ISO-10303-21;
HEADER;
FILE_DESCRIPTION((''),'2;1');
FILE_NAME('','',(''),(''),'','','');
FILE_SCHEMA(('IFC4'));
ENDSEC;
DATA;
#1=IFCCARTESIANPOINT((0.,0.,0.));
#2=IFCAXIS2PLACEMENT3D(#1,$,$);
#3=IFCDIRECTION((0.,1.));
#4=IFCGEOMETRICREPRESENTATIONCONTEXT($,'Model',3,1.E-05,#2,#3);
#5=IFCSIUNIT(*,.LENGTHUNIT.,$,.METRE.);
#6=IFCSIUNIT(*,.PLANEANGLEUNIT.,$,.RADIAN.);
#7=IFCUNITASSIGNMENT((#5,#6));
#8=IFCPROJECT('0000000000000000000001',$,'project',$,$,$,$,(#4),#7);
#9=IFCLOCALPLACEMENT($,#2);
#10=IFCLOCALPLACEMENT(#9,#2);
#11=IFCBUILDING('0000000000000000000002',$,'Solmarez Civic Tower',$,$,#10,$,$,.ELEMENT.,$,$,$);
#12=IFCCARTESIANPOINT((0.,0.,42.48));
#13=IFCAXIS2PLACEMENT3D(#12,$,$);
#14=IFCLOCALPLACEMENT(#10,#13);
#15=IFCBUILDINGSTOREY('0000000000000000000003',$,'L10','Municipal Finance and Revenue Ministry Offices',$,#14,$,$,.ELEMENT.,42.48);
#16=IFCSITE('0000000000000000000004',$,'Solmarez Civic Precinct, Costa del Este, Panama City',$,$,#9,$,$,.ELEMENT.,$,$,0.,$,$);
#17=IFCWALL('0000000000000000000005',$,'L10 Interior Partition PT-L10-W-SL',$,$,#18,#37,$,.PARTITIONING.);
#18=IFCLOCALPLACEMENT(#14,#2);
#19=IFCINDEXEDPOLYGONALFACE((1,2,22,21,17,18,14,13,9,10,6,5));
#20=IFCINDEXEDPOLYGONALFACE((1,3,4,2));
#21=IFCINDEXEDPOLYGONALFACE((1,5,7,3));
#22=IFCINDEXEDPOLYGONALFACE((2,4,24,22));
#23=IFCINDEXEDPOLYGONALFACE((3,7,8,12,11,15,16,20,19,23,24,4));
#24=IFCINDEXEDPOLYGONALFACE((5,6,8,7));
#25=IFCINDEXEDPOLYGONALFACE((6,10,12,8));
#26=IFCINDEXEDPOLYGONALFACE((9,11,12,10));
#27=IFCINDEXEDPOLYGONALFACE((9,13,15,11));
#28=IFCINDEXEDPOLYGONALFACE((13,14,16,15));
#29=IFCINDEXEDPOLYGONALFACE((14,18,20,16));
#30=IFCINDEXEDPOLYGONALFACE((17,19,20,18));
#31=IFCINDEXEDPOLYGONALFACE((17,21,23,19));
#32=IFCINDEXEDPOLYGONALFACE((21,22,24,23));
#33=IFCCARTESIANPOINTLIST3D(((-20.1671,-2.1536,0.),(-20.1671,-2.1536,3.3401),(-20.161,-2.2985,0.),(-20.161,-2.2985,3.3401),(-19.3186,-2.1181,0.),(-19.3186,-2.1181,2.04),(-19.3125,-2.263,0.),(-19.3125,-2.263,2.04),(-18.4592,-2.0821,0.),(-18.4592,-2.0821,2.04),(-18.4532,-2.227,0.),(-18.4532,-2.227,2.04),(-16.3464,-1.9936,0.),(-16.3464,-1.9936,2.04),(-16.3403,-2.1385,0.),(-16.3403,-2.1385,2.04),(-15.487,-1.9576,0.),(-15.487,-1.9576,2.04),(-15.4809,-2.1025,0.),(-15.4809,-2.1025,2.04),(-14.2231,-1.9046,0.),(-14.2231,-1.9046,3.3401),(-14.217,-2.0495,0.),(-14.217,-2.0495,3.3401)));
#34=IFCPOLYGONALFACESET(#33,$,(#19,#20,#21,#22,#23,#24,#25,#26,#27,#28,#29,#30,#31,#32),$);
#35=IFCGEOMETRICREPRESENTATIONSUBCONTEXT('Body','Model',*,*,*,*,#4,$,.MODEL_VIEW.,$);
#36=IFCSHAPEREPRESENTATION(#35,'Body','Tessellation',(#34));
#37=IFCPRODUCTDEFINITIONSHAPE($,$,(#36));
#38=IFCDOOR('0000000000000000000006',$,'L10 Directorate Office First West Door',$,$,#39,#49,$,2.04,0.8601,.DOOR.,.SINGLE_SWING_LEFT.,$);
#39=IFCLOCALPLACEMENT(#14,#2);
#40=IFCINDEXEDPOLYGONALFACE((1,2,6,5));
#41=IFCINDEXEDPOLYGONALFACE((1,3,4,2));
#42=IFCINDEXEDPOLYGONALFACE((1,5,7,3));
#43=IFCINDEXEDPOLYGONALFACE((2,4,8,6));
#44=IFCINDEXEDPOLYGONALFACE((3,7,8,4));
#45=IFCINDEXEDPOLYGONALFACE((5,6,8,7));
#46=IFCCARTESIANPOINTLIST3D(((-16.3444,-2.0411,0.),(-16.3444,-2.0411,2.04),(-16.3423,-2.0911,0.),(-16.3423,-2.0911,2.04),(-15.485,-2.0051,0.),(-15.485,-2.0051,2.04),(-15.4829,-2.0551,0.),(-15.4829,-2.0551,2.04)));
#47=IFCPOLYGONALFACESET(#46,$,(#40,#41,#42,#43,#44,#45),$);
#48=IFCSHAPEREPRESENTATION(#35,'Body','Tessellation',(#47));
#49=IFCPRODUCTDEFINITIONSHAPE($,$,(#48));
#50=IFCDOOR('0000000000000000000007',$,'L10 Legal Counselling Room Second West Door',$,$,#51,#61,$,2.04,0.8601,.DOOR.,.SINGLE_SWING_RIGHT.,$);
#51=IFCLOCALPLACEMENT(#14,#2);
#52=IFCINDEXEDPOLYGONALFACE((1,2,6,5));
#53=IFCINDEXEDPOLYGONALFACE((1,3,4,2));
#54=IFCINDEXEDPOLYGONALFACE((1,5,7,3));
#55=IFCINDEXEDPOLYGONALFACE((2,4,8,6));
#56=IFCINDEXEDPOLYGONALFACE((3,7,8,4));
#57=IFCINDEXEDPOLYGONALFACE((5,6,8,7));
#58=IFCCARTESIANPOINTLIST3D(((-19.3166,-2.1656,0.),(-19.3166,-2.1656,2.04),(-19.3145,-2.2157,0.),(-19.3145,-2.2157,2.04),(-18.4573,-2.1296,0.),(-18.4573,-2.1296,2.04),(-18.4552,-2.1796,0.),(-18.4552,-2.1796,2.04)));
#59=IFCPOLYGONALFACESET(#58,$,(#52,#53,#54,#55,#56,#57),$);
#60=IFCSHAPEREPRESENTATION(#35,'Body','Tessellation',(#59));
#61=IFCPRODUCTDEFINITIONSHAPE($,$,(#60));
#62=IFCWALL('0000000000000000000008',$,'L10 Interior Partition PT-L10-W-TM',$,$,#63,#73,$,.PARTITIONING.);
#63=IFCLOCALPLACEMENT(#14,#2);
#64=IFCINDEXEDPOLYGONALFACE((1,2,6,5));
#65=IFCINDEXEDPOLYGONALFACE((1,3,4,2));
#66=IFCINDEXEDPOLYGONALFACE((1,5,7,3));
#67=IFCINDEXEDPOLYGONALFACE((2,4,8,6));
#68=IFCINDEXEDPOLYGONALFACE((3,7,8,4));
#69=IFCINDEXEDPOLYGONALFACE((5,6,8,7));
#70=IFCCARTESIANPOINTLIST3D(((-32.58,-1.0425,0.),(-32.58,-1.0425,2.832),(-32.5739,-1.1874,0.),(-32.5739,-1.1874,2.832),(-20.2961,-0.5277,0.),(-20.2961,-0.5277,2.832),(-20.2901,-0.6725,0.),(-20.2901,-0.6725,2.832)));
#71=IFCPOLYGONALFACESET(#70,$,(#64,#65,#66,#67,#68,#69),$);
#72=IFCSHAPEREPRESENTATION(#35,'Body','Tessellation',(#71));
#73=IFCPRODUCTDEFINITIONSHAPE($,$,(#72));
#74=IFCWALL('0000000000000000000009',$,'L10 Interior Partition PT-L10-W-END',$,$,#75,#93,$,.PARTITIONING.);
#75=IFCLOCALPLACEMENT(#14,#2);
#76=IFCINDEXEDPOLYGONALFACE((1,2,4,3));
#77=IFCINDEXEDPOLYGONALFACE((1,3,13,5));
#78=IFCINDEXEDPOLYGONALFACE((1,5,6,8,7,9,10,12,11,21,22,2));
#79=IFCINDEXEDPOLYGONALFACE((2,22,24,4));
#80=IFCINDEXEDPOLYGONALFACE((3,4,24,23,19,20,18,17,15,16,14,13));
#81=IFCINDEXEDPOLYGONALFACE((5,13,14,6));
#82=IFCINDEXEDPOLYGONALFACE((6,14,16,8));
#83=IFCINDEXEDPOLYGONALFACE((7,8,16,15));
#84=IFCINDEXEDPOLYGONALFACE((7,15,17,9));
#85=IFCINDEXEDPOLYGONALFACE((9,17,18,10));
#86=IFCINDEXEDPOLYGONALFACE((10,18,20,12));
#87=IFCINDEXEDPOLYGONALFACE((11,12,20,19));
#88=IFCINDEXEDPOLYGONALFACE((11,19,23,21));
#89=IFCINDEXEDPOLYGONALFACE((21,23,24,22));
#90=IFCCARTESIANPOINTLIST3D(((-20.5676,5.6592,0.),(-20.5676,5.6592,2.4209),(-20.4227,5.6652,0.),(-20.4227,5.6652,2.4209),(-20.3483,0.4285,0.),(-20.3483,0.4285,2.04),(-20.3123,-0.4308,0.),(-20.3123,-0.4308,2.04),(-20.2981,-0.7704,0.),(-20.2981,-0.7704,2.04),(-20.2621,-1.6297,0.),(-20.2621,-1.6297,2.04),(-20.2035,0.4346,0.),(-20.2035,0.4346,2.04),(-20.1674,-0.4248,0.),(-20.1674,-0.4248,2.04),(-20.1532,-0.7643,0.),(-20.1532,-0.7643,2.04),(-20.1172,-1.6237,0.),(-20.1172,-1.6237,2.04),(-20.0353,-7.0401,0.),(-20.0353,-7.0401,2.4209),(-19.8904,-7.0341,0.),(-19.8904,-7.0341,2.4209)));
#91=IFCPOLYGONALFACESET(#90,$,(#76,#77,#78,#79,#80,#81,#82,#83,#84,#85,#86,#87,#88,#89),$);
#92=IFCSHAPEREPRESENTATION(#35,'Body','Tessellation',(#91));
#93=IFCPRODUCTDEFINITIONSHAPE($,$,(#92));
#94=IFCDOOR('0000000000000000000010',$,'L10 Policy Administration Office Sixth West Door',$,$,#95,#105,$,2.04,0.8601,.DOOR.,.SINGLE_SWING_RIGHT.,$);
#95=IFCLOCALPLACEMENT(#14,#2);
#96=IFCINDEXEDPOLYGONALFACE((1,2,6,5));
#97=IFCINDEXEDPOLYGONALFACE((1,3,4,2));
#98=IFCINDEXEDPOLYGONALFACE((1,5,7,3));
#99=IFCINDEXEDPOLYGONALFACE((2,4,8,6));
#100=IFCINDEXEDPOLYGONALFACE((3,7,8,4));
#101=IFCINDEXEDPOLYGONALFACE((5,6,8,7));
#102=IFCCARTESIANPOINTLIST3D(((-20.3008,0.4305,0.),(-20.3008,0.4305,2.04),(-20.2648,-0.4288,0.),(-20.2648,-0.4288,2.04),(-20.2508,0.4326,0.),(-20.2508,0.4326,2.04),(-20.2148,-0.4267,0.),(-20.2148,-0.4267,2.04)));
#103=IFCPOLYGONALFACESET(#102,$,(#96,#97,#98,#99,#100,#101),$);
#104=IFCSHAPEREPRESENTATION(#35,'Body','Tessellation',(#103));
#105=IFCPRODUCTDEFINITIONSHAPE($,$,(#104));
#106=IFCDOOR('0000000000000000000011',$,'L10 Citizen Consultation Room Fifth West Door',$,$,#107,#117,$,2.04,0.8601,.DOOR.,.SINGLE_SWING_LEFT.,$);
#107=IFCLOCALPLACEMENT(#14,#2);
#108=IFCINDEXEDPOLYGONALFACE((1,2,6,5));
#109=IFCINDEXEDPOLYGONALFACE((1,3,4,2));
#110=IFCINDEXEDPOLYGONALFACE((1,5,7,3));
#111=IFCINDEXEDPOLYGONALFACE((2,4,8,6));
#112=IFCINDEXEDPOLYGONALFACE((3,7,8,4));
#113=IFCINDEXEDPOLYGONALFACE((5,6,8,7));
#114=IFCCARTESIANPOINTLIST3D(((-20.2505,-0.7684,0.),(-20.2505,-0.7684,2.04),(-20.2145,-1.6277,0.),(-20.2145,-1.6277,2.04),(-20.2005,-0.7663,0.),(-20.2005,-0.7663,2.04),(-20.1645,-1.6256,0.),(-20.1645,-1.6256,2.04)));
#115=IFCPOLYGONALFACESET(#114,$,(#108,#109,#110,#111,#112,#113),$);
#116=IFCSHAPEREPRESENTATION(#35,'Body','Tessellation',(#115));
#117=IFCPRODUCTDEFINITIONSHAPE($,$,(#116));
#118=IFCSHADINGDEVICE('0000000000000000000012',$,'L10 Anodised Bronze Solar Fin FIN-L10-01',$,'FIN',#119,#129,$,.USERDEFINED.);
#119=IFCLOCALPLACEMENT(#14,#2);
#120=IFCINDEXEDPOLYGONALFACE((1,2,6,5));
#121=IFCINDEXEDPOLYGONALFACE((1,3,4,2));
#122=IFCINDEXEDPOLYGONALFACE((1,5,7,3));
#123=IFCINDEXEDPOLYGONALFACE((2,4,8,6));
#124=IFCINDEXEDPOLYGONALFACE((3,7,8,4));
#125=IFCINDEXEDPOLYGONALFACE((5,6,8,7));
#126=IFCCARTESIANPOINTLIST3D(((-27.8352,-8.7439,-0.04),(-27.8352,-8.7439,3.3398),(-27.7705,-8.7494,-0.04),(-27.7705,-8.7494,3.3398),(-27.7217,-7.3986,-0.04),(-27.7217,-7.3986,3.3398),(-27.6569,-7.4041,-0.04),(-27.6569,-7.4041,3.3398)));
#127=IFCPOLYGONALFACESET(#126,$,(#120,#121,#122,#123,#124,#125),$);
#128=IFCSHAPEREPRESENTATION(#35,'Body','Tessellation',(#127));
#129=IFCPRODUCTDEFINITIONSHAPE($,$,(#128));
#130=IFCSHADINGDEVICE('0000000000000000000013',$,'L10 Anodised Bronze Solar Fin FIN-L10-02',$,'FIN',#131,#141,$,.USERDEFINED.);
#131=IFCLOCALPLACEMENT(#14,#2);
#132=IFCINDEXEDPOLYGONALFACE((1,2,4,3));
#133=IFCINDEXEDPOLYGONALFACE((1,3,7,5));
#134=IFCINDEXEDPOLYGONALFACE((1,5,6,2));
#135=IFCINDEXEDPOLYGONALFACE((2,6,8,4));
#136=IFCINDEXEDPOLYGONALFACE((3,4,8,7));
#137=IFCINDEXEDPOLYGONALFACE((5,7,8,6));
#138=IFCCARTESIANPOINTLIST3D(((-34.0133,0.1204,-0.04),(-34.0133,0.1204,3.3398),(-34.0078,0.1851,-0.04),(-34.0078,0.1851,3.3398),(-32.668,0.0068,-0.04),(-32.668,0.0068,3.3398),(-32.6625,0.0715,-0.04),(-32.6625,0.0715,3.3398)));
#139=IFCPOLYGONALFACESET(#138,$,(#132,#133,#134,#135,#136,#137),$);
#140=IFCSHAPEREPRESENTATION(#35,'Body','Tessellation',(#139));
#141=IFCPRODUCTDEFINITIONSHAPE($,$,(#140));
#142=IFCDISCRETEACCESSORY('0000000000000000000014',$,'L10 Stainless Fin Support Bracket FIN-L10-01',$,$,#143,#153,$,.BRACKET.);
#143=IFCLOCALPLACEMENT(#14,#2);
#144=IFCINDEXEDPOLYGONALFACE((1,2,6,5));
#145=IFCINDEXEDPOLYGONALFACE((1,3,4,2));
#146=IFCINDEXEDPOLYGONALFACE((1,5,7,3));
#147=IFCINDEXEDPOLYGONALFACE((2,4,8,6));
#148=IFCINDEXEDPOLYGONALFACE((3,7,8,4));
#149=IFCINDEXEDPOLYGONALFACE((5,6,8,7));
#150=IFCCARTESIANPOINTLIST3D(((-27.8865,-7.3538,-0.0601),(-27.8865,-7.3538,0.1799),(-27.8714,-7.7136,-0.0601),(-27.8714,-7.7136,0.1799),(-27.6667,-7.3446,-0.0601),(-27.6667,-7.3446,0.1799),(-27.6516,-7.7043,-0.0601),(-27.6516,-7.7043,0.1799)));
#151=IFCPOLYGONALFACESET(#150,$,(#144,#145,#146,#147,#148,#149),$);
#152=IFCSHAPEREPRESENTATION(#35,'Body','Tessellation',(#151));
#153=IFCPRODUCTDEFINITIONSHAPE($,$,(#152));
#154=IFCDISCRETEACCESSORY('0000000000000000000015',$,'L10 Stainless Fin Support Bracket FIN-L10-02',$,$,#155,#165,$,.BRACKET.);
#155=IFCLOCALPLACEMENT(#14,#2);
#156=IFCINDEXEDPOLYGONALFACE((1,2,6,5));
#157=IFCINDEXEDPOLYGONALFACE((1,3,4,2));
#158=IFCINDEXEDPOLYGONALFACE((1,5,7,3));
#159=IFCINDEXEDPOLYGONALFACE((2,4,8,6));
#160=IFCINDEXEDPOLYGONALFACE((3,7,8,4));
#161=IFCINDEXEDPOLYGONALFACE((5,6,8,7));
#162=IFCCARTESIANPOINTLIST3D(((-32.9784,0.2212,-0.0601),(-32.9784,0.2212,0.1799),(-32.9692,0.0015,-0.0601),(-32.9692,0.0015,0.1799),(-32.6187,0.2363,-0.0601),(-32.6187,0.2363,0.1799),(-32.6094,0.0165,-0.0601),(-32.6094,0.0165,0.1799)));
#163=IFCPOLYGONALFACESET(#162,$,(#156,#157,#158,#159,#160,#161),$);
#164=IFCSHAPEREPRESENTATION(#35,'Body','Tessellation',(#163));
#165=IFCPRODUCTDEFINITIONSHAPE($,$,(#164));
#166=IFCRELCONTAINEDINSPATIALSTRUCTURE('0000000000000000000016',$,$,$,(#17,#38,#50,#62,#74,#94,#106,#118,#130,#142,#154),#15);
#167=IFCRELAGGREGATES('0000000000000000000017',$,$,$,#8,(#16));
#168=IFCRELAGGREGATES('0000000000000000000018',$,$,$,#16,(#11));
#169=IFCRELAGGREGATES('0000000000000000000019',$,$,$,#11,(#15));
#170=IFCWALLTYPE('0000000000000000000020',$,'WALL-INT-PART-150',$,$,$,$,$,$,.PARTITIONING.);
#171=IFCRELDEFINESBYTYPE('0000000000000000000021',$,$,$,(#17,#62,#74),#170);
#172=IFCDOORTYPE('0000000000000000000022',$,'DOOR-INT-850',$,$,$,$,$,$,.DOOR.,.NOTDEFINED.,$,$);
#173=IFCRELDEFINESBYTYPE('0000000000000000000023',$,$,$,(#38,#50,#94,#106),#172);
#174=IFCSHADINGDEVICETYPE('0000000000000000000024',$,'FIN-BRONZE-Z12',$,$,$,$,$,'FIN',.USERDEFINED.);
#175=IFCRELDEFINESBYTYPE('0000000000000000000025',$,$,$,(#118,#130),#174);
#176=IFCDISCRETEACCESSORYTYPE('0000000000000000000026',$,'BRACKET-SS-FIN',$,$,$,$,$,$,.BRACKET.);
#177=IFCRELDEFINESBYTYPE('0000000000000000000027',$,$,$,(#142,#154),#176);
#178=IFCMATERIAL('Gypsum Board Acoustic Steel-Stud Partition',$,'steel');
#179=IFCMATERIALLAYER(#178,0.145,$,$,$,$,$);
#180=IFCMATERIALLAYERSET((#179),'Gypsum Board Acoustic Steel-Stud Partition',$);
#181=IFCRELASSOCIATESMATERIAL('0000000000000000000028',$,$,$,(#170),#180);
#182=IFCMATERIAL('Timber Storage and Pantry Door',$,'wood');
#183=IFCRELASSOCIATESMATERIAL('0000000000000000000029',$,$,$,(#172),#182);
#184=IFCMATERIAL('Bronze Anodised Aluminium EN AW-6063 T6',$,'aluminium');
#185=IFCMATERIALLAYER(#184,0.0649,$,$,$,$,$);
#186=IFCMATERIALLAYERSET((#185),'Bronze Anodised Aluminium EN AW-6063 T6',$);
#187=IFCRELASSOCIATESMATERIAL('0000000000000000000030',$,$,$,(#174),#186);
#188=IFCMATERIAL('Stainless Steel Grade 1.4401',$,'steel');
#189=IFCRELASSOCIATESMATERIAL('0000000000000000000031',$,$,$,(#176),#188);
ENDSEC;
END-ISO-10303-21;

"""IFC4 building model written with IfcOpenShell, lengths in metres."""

from ifc_helpers import new_model, si_unit, direction, frame, frame_2d, origin, origin_2d, place, context, subcontext, project, spatial, rectangle, extrude, material, layer, layer_set, type_object, element, fill, save


model = new_model("IFC4")

# Units and contexts
model_context = context("Model", 3, precision=1e-05, world=origin(), true_north=direction((0.0, 1.0)))
body_context = subcontext(model_context, "Body", "Model", "MODEL_VIEW")
ifc_project = project(units=[si_unit("LENGTHUNIT", "METRE"), si_unit("PLANEANGLEUNIT", "RADIAN")], contexts=[model_context])

# Site, building, storey
site_placement = place(None, origin())
site = spatial("IfcSite", under=ifc_project, at=site_placement, Name="Solmarez Civic Precinct, Costa del Este, Panama City", CompositionType="ELEMENT", RefElevation=0.0)
building_placement = place(site_placement, origin())
building = spatial("IfcBuilding", under=site, at=building_placement, Name="Solmarez Civic Tower", CompositionType="ELEMENT")
storey_placement = place(building_placement, frame((0.0, 0.0, 42.48)))
storey = spatial("IfcBuildingStorey", under=building, at=storey_placement, Name="L10", Description="Municipal Finance and Revenue Ministry Offices", CompositionType="ELEMENT", Elevation=42.48)

# Shared definitions
ifc_material_1 = material(Name="Gypsum Board Acoustic Steel-Stud Partition", Category="steel")
ifc_layer_1 = layer(ifc_material_1, 0.145)
ifc_layer_set_1 = layer_set([ifc_layer_1], Name="Gypsum Board Acoustic Steel-Stud Partition")
wall_type_1 = type_object("IfcWallType", Name="WALL-INT-PART-150", PredefinedType="PARTITIONING", material=ifc_layer_set_1)

# Wall, openings, doors
wall_1_placement = place(storey_placement, frame((-20.1641, -2.2261, 0.0), z_axis=(0.0, 0.0, 1.0), x_axis=(0.999124, 0.041858, 0.0)))
wall_1 = element("IfcWall", 1, at=wall_1_placement, inside=storey, type_object=wall_type_1, Name="L10 Interior Partition PT-L10-W-SL", PredefinedType="PARTITIONING", context=body_context, shape_type="SweptSolid", body=[
    extrude(rectangle(XDim=5.9492, YDim=0.145, at=frame_2d((2.9746, 0.0))), origin(), (0.0, 0.0, 1.0), 3.3401),
])
opening_1_placement = place(wall_1_placement, frame((3.824, 0.0, 0.0)))
opening_1 = element("IfcOpeningElement", 2, at=opening_1_placement, cuts=wall_1, PredefinedType="OPENING", context=body_context, shape_type="SweptSolid", body=[
    extrude(rectangle(XDim=0.8601, YDim=2.04, at=frame_2d((0.4302, 1.02))), frame((0.0, 0.0825, 0.0), z_axis=(0.0, -1.0, 0.0), x_axis=(1.0, 0.0, 0.0)), (0.0, 0.0, 1.0), 0.165),
])
opening_2_placement = place(wall_1_placement, frame((0.8491, 0.0, 0.0)))
opening_2 = element("IfcOpeningElement", 3, at=opening_2_placement, cuts=wall_1, PredefinedType="OPENING", context=body_context, shape_type="SweptSolid", body=[
    extrude(rectangle(XDim=0.8601, YDim=2.04, at=frame_2d((0.4302, 1.02))), frame((0.0, 0.0825, 0.0), z_axis=(0.0, -1.0, 0.0), x_axis=(1.0, 0.0, 0.0)), (0.0, 0.0, 1.0), 0.165),
])
ifc_material_2 = material(Name="Timber Storage and Pantry Door", Category="wood")
door_type = type_object("IfcDoorType", Name="DOOR-INT-850", OperationType="NOTDEFINED", PredefinedType="DOOR", material=ifc_material_2)
door_1_placement = place(opening_1_placement, origin())
door_1 = element("IfcDoor", 4, at=door_1_placement, inside=storey, type_object=door_type, Name="L10 Directorate Office First West Door", OperationType="SINGLE_SWING_LEFT", OverallHeight=2.04, OverallWidth=0.8601, PredefinedType="DOOR", context=body_context, shape_type="SweptSolid", body=[
    extrude(rectangle(XDim=0.8601, YDim=2.04, at=frame_2d((0.4302, 1.02))), frame((0.0, 0.0249, 0.0), z_axis=(0.0, -1.0, 0.0), x_axis=(1.0, 0.0, 0.0)), (0.0, 0.0, 1.0), 0.05),
])
fill(opening_1, door_1)
door_2_placement = place(opening_2_placement, origin())
door_2 = element("IfcDoor", 5, at=door_2_placement, inside=storey, type_object=door_type, Name="L10 Legal Counselling Room Second West Door", OperationType="SINGLE_SWING_RIGHT", OverallHeight=2.04, OverallWidth=0.8601, PredefinedType="DOOR", context=body_context, shape_type="SweptSolid", body=[
    extrude(rectangle(XDim=0.8601, YDim=2.04, at=frame_2d((0.4302, 1.02))), frame((0.0, 0.0249, 0.0), z_axis=(0.0, -1.0, 0.0), x_axis=(1.0, 0.0, 0.0)), (0.0, 0.0, 1.0), 0.05),
])
fill(opening_2, door_2)

# Wall
wall_2_placement = place(storey_placement, frame((-20.293, -0.6001, 0.0), z_axis=(0.0, 0.0, 1.0), x_axis=(-0.999123, -0.041879, 0.0)))
element("IfcWall", 6, at=wall_2_placement, inside=storey, type_object=wall_type_1, Name="L10 Interior Partition PT-L10-W-TM", PredefinedType="PARTITIONING", context=body_context, shape_type="SweptSolid", body=[
    extrude(rectangle(XDim=12.2947, YDim=0.145, at=frame_2d((6.1475, 0.0))), origin(), (0.0, 0.0, 1.0), 2.832),
])

# Wall, openings, doors
wall_3_placement = place(storey_placement, frame((-19.9629, -7.0371, 0.0), z_axis=(0.0, 0.0, 1.0), x_axis=(-0.041873, 0.999123, 0.0)))
wall_3 = element("IfcWall", 7, at=wall_3_placement, inside=storey, type_object=wall_type_1, Name="L10 Interior Partition PT-L10-W-END", PredefinedType="PARTITIONING", context=body_context, shape_type="SweptSolid", body=[
    extrude(rectangle(XDim=12.7104, YDim=0.145, at=frame_2d((6.3552, 0.0))), origin(), (0.0, 0.0, 1.0), 2.4209),
])
opening_3_placement = place(wall_3_placement, frame((6.615, 0.0, 0.0)))
opening_3 = element("IfcOpeningElement", 8, at=opening_3_placement, cuts=wall_3, PredefinedType="OPENING", context=body_context, shape_type="SweptSolid", body=[
    extrude(rectangle(XDim=0.8601, YDim=2.04, at=frame_2d((0.4302, 1.02))), frame((0.0, 0.0825, 0.0), z_axis=(0.0, -1.0, 0.0), x_axis=(1.0, 0.0, 0.0)), (0.0, 0.0, 1.0), 0.165),
])
opening_4_placement = place(wall_3_placement, frame((5.415, 0.0, 0.0)))
opening_4 = element("IfcOpeningElement", 9, at=opening_4_placement, cuts=wall_3, PredefinedType="OPENING", context=body_context, shape_type="SweptSolid", body=[
    extrude(rectangle(XDim=0.8601, YDim=2.04, at=frame_2d((0.4302, 1.02))), frame((0.0, 0.0825, 0.0), z_axis=(0.0, -1.0, 0.0), x_axis=(1.0, 0.0, 0.0)), (0.0, 0.0, 1.0), 0.165),
])
door_3_placement = place(opening_3_placement, origin())
door_3 = element("IfcDoor", 10, at=door_3_placement, inside=storey, type_object=door_type, Name="L10 Policy Administration Office Sixth West Door", OperationType="SINGLE_SWING_RIGHT", OverallHeight=2.04, OverallWidth=0.8601, PredefinedType="DOOR", context=body_context, shape_type="SweptSolid", body=[
    extrude(rectangle(XDim=0.8601, YDim=2.04, at=frame_2d((0.4302, 1.02))), frame((0.0, 0.0249, 0.0), z_axis=(0.0, -1.0, 0.0), x_axis=(1.0, 0.0, 0.0)), (0.0, 0.0, 1.0), 0.05),
])
fill(opening_3, door_3)
door_4_placement = place(opening_4_placement, origin())
door_4 = element("IfcDoor", 11, at=door_4_placement, inside=storey, type_object=door_type, Name="L10 Citizen Consultation Room Fifth West Door", OperationType="SINGLE_SWING_LEFT", OverallHeight=2.04, OverallWidth=0.8601, PredefinedType="DOOR", context=body_context, shape_type="SweptSolid", body=[
    extrude(rectangle(XDim=0.8601, YDim=2.04, at=frame_2d((0.4302, 1.02))), frame((0.0, 0.0249, 0.0), z_axis=(0.0, -1.0, 0.0), x_axis=(1.0, 0.0, 0.0)), (0.0, 0.0, 1.0), 0.05),
])
fill(opening_4, door_4)

# Shading devices
ifc_material_3 = material(Name="Bronze Anodised Aluminium EN AW-6063 T6", Category="aluminium")
ifc_layer_2 = layer(ifc_material_3, 0.0649)
ifc_layer_set_2 = layer_set([ifc_layer_2], Name="Bronze Anodised Aluminium EN AW-6063 T6")
shading_device_type = type_object("IfcShadingDeviceType", Name="FIN-BRONZE-Z12", ElementType="FIN", PredefinedType="USERDEFINED", material=ifc_layer_set_2)
for number, where, z_axis, x_axis, name in (
    (12, (-27.7461, -8.074, -0.04), (0.0, 0.0, 1.0), (-0.08413, -0.996455, 0.0), "L10 Anodised Bronze Solar Fin FIN-L10-01"),
    (13, (-33.3379, 0.0959, -0.04), (0.0, 0.0, 1.0), (-0.996456, 0.084113, 0.0), "L10 Anodised Bronze Solar Fin FIN-L10-02"),
):
    element("IfcShadingDevice", number, at=place(storey_placement, frame(where, z_axis=z_axis, x_axis=x_axis)), inside=storey, type_object=shading_device_type, Name=name, ObjectType="FIN", PredefinedType="USERDEFINED", context=body_context, shape_type="SweptSolid", body=[
        extrude(rectangle(XDim=1.3501, YDim=0.0649, at=origin_2d()), origin(), (0.0, 0.0, 1.0), 3.3799),
    ])

# Discrete accessories
ifc_material_4 = material(Name="Stainless Steel Grade 1.4401", Category="steel")
discrete_accessory_type = type_object("IfcDiscreteAccessoryType", Name="BRACKET-SS-FIN", PredefinedType="BRACKET", material=ifc_material_4)
for number, where, z_axis, x_axis, name in (
    (14, (-27.769, -7.5291, -0.0601), (0.0, 0.0, 1.0), (0.041839, -0.999124, 0.0), "L10 Stainless Fin Support Bracket FIN-L10-01"),
    (15, (-32.7939, 0.1189, -0.0601), (0.0, 0.0, 1.0), (-0.999123, -0.041866, 0.0), "L10 Stainless Fin Support Bracket FIN-L10-02"),
):
    element("IfcDiscreteAccessory", number, at=place(storey_placement, frame(where, z_axis=z_axis, x_axis=x_axis)), inside=storey, type_object=discrete_accessory_type, Name=name, PredefinedType="BRACKET", context=body_context, shape_type="SweptSolid", body=[
        extrude(rectangle(XDim=0.3601, YDim=0.22, at=origin_2d()), origin(), (0.0, 0.0, 1.0), 0.24),
    ])

save(model, "model.ifc")
